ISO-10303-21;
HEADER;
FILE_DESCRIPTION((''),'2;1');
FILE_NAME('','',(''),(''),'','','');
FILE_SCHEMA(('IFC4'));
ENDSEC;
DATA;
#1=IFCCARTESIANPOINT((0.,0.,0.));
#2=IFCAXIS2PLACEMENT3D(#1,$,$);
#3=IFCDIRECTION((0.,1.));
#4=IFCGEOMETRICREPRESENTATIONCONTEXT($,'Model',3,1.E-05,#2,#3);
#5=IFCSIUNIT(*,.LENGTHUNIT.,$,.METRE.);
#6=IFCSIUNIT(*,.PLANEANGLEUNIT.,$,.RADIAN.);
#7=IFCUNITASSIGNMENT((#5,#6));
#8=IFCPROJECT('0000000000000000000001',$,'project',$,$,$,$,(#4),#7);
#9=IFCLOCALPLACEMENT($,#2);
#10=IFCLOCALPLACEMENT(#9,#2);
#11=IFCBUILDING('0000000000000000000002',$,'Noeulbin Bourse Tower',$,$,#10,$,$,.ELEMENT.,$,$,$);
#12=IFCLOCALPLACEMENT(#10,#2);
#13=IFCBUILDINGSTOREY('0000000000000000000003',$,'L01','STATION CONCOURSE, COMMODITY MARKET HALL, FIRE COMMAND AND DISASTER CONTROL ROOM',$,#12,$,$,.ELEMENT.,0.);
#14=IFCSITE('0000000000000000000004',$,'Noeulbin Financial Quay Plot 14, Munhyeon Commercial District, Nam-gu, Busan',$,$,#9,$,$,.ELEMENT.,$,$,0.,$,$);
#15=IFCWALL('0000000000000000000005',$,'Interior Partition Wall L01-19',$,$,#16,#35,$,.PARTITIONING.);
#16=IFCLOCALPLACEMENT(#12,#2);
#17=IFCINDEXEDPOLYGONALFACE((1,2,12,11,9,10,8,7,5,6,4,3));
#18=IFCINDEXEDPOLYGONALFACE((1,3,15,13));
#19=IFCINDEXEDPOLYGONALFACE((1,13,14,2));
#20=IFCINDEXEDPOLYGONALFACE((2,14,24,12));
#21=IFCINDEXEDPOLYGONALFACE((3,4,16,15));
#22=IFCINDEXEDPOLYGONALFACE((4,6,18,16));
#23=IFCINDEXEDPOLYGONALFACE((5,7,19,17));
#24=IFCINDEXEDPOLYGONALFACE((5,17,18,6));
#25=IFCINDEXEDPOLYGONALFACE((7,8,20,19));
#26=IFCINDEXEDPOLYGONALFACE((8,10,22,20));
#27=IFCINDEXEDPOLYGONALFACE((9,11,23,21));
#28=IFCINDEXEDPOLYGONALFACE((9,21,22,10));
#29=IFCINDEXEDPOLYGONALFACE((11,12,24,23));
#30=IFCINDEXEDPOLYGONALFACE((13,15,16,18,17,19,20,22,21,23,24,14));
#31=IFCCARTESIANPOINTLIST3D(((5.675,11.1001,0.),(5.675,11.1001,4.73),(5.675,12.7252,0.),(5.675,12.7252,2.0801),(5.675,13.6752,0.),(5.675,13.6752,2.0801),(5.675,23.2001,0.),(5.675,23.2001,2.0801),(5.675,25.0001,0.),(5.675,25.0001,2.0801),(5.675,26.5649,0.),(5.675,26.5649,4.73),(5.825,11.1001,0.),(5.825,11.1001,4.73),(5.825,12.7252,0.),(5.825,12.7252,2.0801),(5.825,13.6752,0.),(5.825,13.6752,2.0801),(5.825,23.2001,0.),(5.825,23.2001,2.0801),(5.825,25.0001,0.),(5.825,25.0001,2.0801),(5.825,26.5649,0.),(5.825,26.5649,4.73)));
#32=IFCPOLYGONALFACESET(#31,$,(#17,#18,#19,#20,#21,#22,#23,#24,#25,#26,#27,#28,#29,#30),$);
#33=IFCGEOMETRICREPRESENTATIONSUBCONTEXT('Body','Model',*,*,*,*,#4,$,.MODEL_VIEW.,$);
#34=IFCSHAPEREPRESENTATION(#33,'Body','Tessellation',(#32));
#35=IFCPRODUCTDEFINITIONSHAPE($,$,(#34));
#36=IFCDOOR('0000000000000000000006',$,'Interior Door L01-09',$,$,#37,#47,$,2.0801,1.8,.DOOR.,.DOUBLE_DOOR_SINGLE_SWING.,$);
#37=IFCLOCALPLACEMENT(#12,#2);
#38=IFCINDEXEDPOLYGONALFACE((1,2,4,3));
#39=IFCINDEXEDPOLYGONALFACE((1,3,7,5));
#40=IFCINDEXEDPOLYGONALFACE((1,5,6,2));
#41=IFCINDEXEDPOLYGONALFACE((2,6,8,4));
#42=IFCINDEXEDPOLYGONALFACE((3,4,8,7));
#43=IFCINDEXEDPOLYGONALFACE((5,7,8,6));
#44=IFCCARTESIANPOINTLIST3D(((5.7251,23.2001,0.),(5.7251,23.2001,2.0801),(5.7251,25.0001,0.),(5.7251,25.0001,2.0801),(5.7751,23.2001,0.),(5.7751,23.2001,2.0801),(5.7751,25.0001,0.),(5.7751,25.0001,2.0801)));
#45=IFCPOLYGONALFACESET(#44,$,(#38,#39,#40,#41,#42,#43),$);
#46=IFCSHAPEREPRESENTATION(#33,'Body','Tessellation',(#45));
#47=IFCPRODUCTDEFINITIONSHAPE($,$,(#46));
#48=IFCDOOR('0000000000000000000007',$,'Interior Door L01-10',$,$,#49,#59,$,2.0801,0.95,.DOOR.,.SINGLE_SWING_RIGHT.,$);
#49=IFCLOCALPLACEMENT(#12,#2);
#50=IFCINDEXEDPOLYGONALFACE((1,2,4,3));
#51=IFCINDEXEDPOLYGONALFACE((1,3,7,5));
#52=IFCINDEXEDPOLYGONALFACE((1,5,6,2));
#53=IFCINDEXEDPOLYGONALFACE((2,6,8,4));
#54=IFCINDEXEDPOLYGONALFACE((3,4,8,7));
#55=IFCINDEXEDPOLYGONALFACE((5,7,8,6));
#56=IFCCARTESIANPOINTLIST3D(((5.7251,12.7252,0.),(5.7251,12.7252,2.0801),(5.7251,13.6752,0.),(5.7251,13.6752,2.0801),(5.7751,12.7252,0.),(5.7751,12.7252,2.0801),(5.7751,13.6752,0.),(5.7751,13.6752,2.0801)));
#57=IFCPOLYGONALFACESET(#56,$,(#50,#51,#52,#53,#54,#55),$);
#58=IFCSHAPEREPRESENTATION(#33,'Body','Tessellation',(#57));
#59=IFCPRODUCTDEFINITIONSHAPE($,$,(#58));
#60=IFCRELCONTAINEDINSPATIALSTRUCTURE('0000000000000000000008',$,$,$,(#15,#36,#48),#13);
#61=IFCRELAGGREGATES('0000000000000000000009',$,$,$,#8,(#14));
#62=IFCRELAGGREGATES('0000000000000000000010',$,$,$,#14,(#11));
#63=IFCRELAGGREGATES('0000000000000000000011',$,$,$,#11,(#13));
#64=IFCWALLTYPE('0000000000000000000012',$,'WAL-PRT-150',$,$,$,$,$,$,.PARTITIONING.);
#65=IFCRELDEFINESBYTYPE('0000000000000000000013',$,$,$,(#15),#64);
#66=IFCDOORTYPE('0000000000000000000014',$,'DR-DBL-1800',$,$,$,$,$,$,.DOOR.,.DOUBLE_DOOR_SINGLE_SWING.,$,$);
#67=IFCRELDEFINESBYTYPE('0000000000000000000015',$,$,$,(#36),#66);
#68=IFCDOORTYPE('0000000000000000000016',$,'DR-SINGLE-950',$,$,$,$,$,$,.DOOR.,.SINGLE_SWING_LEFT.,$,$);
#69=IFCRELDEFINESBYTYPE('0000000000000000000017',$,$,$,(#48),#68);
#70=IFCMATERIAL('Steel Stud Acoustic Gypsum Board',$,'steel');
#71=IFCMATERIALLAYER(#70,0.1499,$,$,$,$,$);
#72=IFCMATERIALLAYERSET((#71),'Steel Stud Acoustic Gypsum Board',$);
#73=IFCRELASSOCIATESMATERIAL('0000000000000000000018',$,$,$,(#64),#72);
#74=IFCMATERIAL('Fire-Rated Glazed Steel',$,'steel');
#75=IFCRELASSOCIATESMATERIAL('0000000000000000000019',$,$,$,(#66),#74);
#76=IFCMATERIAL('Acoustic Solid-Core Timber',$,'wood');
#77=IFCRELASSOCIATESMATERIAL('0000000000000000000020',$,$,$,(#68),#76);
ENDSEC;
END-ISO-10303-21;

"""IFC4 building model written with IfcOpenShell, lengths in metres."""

from ifc_helpers import new_model, si_unit, direction, frame, frame_2d, origin, place, context, subcontext, project, spatial, rectangle, extrude, material, layer, layer_set, type_object, element, fill, save


model = new_model("IFC4")

# Units and contexts
model_context = context("Model", 3, precision=1e-05, world=origin(), true_north=direction((0.0, 1.0)))
body_context = subcontext(model_context, "Body", "Model", "MODEL_VIEW")
ifc_project = project(units=[si_unit("LENGTHUNIT", "METRE"), si_unit("PLANEANGLEUNIT", "RADIAN")], contexts=[model_context])

# Site, building, storey
site_placement = place(None, origin())
site = spatial("IfcSite", under=ifc_project, at=site_placement, Name="Noeulbin Financial Quay Plot 14, Munhyeon Commercial District, Nam-gu, Busan", CompositionType="ELEMENT", RefElevation=0.0)
building_placement = place(site_placement, origin())
building = spatial("IfcBuilding", under=site, at=building_placement, Name="Noeulbin Bourse Tower", CompositionType="ELEMENT")
storey_placement = place(building_placement, origin())
storey = spatial("IfcBuildingStorey", under=building, at=storey_placement, Name="L01", Description="STATION CONCOURSE, COMMODITY MARKET HALL, FIRE COMMAND AND DISASTER CONTROL ROOM", CompositionType="ELEMENT", Elevation=0.0)

# Wall, openings, doors
ifc_material_1 = material(Name="Steel Stud Acoustic Gypsum Board", Category="steel")
ifc_layer_1 = layer(ifc_material_1, 0.1499)
ifc_layer_set_1 = layer_set([ifc_layer_1], Name="Steel Stud Acoustic Gypsum Board")
wall_type = type_object("IfcWallType", Name="WAL-PRT-150", PredefinedType="PARTITIONING", material=ifc_layer_set_1)
wall_placement = place(storey_placement, frame((5.75, 11.1001, 0.0), z_axis=(0.0, 0.0, 1.0), x_axis=(0.0, 1.0, 0.0)))
wall = element("IfcWall", 1, at=wall_placement, inside=storey, type_object=wall_type, Name="Interior Partition Wall L01-19", PredefinedType="PARTITIONING", context=body_context, shape_type="SweptSolid", body=[
    extrude(rectangle(XDim=15.4648, YDim=0.1499, at=frame_2d((7.7324, 0.0))), origin(), (0.0, 0.0, 1.0), 4.73),
])
opening_1_placement = place(wall_placement, frame((12.1001, 0.0, 0.0)))
opening_1 = element("IfcOpeningElement", 2, at=opening_1_placement, cuts=wall, PredefinedType="OPENING", context=body_context, shape_type="SweptSolid", body=[
    extrude(rectangle(XDim=1.8, YDim=2.0801, at=frame_2d((0.8999, 1.04))), frame((0.0, 0.085, 0.0), z_axis=(0.0, -1.0, 0.0), x_axis=(1.0, 0.0, 0.0)), (0.0, 0.0, 1.0), 0.1699),
])
opening_2_placement = place(wall_placement, frame((1.625, 0.0, 0.0)))
opening_2 = element("IfcOpeningElement", 3, at=opening_2_placement, cuts=wall, PredefinedType="OPENING", context=body_context, shape_type="SweptSolid", body=[
    extrude(rectangle(XDim=0.95, YDim=2.0801, at=frame_2d((0.4751, 1.04))), frame((0.0, 0.085, 0.0), z_axis=(0.0, -1.0, 0.0), x_axis=(1.0, 0.0, 0.0)), (0.0, 0.0, 1.0), 0.1699),
])
ifc_material_2 = material(Name="Fire-Rated Glazed Steel", Category="steel")
door_type_1 = type_object("IfcDoorType", Name="DR-DBL-1800", OperationType="DOUBLE_DOOR_SINGLE_SWING", PredefinedType="DOOR", material=ifc_material_2)
door_1_placement = place(opening_1_placement, origin())
door_1 = element("IfcDoor", 4, at=door_1_placement, inside=storey, type_object=door_type_1, Name="Interior Door L01-09", OperationType="DOUBLE_DOOR_SINGLE_SWING", OverallHeight=2.0801, OverallWidth=1.8, PredefinedType="DOOR", context=body_context, shape_type="SweptSolid", body=[
    extrude(rectangle(XDim=1.8, YDim=2.0801, at=frame_2d((0.8999, 1.04))), frame((0.0, 0.0249, 0.0), z_axis=(0.0, -1.0, 0.0), x_axis=(1.0, 0.0, 0.0)), (0.0, 0.0, 1.0), 0.05),
])
fill(opening_1, door_1)
ifc_material_3 = material(Name="Acoustic Solid-Core Timber", Category="wood")
door_type_2 = type_object("IfcDoorType", Name="DR-SINGLE-950", OperationType="SINGLE_SWING_LEFT", PredefinedType="DOOR", material=ifc_material_3)
door_2_placement = place(opening_2_placement, origin())
door_2 = element("IfcDoor", 5, at=door_2_placement, inside=storey, type_object=door_type_2, Name="Interior Door L01-10", OperationType="SINGLE_SWING_RIGHT", OverallHeight=2.0801, OverallWidth=0.95, PredefinedType="DOOR", context=body_context, shape_type="SweptSolid", body=[
    extrude(rectangle(XDim=0.95, YDim=2.0801, at=frame_2d((0.4751, 1.04))), frame((0.0, 0.0249, 0.0), z_axis=(0.0, -1.0, 0.0), x_axis=(1.0, 0.0, 0.0)), (0.0, 0.0, 1.0), 0.05),
])
fill(opening_2, door_2)

save(model, "model.ifc")
